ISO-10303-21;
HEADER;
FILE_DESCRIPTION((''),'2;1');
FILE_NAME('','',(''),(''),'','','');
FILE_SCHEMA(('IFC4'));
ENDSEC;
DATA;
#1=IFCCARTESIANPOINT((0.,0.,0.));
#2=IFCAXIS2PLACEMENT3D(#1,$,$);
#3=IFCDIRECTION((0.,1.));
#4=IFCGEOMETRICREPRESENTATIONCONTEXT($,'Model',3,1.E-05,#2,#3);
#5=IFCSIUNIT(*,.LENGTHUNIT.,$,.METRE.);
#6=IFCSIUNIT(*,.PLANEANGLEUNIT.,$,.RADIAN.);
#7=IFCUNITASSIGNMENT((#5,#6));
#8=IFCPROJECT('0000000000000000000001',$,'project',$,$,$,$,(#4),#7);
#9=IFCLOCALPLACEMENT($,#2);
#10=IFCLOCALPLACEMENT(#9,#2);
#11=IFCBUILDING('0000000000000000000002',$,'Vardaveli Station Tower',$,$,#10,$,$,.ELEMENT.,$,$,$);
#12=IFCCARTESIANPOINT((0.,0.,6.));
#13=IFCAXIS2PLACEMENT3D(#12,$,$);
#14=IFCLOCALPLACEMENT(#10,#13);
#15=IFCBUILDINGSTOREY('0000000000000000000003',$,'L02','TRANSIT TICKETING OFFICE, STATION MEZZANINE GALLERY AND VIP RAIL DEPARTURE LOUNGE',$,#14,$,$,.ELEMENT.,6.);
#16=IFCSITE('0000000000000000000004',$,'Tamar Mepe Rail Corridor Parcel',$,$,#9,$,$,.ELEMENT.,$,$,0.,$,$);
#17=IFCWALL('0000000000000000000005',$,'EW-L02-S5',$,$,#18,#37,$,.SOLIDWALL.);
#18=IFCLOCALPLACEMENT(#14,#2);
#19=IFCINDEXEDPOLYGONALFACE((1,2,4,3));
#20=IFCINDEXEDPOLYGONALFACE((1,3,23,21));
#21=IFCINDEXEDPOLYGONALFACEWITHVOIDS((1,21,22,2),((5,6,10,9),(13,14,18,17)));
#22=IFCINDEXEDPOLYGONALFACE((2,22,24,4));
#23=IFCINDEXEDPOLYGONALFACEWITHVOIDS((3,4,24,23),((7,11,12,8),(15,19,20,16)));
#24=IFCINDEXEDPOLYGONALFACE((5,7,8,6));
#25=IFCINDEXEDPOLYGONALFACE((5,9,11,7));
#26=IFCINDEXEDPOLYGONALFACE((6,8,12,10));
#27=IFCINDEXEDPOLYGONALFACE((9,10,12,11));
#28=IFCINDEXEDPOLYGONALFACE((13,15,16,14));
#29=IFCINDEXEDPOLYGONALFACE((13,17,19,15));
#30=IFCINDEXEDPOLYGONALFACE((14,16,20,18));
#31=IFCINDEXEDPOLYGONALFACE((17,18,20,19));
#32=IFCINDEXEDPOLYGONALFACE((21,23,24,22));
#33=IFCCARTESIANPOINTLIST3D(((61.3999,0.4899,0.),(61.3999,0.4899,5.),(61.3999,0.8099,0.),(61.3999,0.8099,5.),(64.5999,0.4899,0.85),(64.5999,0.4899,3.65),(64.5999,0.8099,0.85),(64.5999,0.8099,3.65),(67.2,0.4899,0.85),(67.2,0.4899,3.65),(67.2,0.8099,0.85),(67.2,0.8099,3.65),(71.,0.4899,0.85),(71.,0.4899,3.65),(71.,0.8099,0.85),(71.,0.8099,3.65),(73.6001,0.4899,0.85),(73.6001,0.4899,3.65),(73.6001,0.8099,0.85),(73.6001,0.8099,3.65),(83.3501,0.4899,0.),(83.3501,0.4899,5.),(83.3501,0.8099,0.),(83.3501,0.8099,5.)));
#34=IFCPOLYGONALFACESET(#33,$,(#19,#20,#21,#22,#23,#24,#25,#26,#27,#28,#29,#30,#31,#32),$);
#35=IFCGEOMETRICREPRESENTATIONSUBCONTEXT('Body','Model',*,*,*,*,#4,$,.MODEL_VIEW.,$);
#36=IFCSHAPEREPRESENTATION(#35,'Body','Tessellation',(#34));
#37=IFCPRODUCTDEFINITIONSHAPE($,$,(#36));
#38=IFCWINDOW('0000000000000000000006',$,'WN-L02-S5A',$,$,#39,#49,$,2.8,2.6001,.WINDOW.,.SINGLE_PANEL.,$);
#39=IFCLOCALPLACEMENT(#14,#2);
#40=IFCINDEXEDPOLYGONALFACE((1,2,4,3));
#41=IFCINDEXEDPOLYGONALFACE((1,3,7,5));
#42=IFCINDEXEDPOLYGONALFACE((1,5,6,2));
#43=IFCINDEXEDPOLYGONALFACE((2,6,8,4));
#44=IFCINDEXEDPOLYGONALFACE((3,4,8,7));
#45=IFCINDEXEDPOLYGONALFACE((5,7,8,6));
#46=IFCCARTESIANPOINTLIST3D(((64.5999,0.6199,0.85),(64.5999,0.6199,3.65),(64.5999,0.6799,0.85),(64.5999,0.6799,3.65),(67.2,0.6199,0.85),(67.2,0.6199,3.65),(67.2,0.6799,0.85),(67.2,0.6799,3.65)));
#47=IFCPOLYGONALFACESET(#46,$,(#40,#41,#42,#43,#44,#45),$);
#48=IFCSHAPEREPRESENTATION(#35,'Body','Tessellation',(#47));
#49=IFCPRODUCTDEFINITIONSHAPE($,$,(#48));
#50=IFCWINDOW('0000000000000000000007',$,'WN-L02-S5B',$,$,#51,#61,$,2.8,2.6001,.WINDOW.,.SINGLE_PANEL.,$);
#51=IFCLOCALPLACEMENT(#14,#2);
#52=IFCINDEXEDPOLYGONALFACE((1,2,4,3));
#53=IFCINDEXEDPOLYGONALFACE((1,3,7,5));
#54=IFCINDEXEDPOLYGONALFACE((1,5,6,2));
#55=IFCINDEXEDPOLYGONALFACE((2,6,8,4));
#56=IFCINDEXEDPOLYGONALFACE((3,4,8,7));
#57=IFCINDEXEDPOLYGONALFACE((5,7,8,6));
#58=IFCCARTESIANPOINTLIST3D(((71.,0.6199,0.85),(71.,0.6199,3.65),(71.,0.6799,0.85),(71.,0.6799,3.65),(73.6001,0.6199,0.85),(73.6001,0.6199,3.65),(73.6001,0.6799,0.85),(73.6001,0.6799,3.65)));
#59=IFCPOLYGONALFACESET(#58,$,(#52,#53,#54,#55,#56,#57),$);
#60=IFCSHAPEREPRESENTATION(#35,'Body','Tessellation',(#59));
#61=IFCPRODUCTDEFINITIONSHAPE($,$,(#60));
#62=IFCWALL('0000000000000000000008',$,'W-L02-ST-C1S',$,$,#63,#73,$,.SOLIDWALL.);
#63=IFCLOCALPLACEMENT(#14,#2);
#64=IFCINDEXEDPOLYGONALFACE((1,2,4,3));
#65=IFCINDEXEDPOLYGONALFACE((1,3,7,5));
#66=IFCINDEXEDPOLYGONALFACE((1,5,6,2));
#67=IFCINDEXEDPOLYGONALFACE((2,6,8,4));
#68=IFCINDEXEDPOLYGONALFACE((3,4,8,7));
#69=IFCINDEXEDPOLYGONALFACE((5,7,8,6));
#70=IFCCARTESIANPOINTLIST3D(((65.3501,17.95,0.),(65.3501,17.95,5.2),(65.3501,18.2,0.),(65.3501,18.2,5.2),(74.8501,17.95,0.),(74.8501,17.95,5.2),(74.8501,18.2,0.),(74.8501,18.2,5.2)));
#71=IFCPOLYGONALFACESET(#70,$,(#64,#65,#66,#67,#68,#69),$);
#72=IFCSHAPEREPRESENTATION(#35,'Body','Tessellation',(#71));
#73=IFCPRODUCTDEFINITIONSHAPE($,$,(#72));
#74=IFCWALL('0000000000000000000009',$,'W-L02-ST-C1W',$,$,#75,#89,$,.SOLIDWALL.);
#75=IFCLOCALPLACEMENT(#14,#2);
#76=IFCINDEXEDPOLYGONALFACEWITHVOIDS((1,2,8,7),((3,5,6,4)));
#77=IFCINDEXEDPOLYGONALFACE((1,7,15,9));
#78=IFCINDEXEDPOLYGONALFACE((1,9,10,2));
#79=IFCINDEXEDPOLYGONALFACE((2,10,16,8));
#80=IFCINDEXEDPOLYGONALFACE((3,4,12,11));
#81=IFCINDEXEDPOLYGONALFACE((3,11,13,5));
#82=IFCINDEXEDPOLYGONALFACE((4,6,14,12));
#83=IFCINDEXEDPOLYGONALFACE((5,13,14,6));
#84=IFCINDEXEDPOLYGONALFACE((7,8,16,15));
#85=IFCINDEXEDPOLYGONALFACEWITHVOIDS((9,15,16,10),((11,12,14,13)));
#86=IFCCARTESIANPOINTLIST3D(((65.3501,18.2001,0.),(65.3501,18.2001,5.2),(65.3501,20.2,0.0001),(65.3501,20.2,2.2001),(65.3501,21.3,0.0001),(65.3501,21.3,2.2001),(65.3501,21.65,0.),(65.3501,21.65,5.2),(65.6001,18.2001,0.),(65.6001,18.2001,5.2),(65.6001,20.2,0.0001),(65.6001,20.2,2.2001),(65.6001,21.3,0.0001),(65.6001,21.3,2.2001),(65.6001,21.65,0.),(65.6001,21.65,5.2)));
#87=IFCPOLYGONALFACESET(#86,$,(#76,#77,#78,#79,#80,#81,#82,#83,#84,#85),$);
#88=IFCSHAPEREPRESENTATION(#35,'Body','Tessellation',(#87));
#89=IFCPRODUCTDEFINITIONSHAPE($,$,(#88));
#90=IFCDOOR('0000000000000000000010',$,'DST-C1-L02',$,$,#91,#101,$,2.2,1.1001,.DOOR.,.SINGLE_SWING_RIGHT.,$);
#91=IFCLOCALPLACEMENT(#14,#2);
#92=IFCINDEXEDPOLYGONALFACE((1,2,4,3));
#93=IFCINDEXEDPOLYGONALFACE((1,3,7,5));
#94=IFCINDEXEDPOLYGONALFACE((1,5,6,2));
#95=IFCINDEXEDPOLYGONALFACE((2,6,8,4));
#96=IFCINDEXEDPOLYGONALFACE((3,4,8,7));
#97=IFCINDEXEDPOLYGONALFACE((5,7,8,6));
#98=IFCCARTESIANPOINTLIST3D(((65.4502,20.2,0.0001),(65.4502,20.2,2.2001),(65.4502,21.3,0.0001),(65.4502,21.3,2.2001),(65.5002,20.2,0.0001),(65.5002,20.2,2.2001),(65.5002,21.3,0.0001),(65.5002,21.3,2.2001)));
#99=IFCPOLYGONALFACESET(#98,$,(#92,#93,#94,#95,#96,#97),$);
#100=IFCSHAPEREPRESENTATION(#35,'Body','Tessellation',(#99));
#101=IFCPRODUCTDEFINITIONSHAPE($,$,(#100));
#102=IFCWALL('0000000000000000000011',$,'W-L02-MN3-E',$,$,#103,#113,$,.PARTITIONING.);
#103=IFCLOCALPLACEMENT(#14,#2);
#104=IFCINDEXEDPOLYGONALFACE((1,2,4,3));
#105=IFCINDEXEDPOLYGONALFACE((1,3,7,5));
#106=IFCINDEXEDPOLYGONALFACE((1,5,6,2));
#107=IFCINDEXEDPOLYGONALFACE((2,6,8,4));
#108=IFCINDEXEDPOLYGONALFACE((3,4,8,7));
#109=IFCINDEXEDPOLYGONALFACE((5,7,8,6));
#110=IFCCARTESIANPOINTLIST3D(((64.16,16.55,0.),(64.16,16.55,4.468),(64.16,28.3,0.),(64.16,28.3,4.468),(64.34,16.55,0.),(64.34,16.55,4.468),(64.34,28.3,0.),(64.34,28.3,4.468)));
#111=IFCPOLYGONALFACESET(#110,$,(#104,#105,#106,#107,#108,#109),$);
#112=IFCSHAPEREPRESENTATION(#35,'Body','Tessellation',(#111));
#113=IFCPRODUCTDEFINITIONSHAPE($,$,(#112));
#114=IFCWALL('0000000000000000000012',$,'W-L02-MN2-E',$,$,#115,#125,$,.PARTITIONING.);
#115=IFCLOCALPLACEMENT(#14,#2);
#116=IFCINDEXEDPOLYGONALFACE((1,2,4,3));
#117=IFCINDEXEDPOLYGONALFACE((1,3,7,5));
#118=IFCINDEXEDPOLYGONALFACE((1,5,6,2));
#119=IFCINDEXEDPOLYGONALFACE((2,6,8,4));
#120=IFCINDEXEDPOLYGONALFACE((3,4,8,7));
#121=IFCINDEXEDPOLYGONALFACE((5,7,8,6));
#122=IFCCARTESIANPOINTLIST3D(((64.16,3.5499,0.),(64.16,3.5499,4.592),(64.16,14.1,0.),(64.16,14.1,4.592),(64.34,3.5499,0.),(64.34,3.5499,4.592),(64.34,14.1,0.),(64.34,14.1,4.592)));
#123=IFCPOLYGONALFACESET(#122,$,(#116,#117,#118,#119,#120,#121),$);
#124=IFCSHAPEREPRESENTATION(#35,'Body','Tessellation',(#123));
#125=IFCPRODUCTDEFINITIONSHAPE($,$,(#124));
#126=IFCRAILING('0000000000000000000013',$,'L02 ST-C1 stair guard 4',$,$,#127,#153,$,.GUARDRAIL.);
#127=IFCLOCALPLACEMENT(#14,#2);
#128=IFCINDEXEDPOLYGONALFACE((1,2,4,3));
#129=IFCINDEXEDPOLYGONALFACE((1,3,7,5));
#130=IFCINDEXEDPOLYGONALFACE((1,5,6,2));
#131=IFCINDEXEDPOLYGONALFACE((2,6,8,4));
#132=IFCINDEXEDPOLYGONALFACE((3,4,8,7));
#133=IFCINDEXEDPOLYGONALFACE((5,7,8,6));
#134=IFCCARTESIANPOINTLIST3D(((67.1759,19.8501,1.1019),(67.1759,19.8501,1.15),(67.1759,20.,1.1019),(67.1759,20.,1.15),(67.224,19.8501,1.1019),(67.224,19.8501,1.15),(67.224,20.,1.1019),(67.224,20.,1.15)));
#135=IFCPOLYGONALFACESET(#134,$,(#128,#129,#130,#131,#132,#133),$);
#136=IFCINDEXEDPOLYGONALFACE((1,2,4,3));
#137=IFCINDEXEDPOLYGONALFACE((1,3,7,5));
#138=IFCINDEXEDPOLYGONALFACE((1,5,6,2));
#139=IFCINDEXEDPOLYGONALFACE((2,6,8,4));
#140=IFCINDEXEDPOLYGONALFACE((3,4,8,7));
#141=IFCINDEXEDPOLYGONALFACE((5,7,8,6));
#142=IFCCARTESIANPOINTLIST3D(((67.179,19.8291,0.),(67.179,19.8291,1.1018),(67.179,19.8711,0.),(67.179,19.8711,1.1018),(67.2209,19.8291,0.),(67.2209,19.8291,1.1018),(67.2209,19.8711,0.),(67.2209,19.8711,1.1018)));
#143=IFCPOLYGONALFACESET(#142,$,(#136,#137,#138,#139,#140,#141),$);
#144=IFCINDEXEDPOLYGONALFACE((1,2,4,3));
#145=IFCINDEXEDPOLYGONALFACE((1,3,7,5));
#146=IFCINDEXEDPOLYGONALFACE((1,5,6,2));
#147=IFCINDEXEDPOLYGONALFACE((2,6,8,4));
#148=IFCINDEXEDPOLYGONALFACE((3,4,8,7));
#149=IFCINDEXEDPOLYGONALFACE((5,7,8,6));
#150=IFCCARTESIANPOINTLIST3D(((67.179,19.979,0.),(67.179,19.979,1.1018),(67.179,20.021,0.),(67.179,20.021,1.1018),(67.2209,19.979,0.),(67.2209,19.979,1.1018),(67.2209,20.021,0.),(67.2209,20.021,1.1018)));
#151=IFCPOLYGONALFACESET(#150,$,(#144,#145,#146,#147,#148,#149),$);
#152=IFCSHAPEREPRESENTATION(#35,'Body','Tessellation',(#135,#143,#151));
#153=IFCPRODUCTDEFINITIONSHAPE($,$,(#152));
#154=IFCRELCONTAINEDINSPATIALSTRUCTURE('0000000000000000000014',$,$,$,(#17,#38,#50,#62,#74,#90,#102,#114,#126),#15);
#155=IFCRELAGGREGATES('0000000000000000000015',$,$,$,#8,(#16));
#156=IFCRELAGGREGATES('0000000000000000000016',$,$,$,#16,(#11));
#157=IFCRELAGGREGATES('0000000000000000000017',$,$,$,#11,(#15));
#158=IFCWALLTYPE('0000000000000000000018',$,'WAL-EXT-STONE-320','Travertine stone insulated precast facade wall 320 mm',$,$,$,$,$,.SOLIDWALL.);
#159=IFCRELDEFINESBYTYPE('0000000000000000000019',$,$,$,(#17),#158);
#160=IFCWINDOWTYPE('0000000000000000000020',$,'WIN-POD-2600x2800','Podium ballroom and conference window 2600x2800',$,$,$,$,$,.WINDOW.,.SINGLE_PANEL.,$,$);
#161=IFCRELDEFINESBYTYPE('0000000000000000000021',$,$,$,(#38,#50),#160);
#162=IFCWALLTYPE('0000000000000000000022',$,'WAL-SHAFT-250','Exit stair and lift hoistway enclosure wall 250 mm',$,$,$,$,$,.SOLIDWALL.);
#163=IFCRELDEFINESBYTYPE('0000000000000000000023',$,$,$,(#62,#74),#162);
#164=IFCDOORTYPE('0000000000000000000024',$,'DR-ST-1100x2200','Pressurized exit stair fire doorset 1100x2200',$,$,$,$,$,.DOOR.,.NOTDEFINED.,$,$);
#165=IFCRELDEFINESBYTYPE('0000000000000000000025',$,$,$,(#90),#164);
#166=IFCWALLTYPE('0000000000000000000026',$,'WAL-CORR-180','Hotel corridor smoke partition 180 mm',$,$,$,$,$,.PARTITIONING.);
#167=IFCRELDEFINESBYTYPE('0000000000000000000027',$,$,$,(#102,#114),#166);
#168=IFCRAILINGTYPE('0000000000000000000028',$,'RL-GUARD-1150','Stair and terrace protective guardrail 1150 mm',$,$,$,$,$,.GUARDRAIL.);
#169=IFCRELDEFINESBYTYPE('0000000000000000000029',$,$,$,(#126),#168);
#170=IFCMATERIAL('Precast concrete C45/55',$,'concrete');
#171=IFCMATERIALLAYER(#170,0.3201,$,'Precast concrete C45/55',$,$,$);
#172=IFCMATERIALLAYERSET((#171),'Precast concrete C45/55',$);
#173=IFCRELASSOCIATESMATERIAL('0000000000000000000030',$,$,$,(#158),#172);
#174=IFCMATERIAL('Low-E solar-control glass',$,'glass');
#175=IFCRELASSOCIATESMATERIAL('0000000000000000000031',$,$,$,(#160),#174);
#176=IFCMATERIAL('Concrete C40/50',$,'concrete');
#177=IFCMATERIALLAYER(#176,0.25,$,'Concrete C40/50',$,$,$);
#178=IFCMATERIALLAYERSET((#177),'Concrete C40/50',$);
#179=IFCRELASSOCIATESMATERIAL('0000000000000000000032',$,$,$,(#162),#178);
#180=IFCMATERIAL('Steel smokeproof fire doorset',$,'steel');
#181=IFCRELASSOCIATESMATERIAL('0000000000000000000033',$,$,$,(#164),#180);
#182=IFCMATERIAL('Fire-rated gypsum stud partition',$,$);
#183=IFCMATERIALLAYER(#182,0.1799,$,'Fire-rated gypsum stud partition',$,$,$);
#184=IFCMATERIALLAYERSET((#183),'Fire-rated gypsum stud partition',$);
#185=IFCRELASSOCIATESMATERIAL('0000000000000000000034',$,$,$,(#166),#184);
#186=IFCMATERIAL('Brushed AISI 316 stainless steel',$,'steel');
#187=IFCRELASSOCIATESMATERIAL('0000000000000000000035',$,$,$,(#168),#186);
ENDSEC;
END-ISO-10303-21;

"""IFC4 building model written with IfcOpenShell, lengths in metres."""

from ifc_helpers import new_model, si_unit, direction, frame, frame_2d, origin, origin_2d, place, context, subcontext, project, spatial, rectangle, extrude, source, transform, mapped, material, layer, layer_set, type_object, element, fill, save


model = new_model("IFC4")

# Units and contexts
model_context = context("Model", 3, precision=1e-05, world=origin(), true_north=direction((0.0, 1.0)))
body_context = subcontext(model_context, "Body", "Model", "MODEL_VIEW")
ifc_project = project(units=[si_unit("LENGTHUNIT", "METRE"), si_unit("PLANEANGLEUNIT", "RADIAN")], contexts=[model_context])

# Site, building, storey
site_placement = place(None, origin())
site = spatial("IfcSite", under=ifc_project, at=site_placement, Name="Tamar Mepe Rail Corridor Parcel", CompositionType="ELEMENT", RefElevation=0.0)
building_placement = place(site_placement, origin())
building = spatial("IfcBuilding", under=site, at=building_placement, Name="Vardaveli Station Tower", CompositionType="ELEMENT")
storey_placement = place(building_placement, frame((0.0, 0.0, 6.0)))
storey = spatial("IfcBuildingStorey", under=building, at=storey_placement, Name="L02", Description="TRANSIT TICKETING OFFICE, STATION MEZZANINE GALLERY AND VIP RAIL DEPARTURE LOUNGE", CompositionType="ELEMENT", Elevation=6.0)

# Wall, openings, windows
ifc_material_1 = material(Name="Precast concrete C45/55", Category="concrete")
ifc_layer_1 = layer(ifc_material_1, 0.3201, Name="Precast concrete C45/55")
ifc_layer_set_1 = layer_set([ifc_layer_1], Name="Precast concrete C45/55")
wall_type_1 = type_object("IfcWallType", Name="WAL-EXT-STONE-320", Description="Travertine stone insulated precast facade wall 320 mm", PredefinedType="SOLIDWALL", material=ifc_layer_set_1)
shared_shape_1 = source(origin(), body_context, "Body", "SweptSolid", [
    extrude(rectangle(XDim=21.9502, YDim=0.3201, at=frame_2d((10.9751, 0.0))), origin(), (0.0, 0.0, 1.0), 5.0),
])
wall_1_placement = place(storey_placement, frame((61.3999, 0.6499, 0.0), z_axis=(0.0, 0.0, 1.0), x_axis=(1.0, 0.0, 0.0)))
wall_1 = element("IfcWall", 1, at=wall_1_placement, inside=storey, type_object=wall_type_1, Name="EW-L02-S5", PredefinedType="SOLIDWALL", context=body_context, shape_type="MappedRepresentation", body=[
    mapped(shared_shape_1, transform((0.0, 0.0, 0.0), scale=1.0)),
])
shared_shape_2 = source(origin(), body_context, "Body", "SweptSolid", [
    extrude(rectangle(XDim=2.6001, YDim=2.8, at=frame_2d((1.3, 1.3999))), frame((0.0, 0.1699, 0.0), z_axis=(0.0, -1.0, 0.0), x_axis=(1.0, 0.0, 0.0)), (0.0, 0.0, 1.0), 0.3401),
])
opening_1_placement = place(wall_1_placement, frame((3.2, 0.0, 0.8501)))
opening_1 = element("IfcOpeningElement", 2, at=opening_1_placement, cuts=wall_1, PredefinedType="OPENING", context=body_context, shape_type="MappedRepresentation", body=[
    mapped(shared_shape_2, transform((0.0, 0.0, 0.0), scale=1.0)),
])
opening_2_placement = place(wall_1_placement, frame((9.6001, 0.0, 0.8501)))
opening_2 = element("IfcOpeningElement", 3, at=opening_2_placement, cuts=wall_1, PredefinedType="OPENING", context=body_context, shape_type="MappedRepresentation", body=[
    mapped(shared_shape_2, transform((0.0, 0.0, 0.0), scale=1.0)),
])
ifc_material_2 = material(Name="Low-E solar-control glass", Category="glass")
window_type = type_object("IfcWindowType", Name="WIN-POD-2600x2800", Description="Podium ballroom and conference window 2600x2800", PartitioningType="SINGLE_PANEL", PredefinedType="WINDOW", material=ifc_material_2)
shared_shape_3 = source(origin(), body_context, "Body", "SweptSolid", [
    extrude(rectangle(XDim=2.6001, YDim=2.8, at=frame_2d((1.3, 1.3999))), frame((0.0, 0.03, 0.0), z_axis=(0.0, -1.0, 0.0), x_axis=(1.0, 0.0, 0.0)), (0.0, 0.0, 1.0), 0.0601),
])
window_1_placement = place(opening_1_placement, origin())
window_1 = element("IfcWindow", 4, at=window_1_placement, inside=storey, type_object=window_type, Name="WN-L02-S5A", OverallHeight=2.8, OverallWidth=2.6001, PartitioningType="SINGLE_PANEL", PredefinedType="WINDOW", context=body_context, shape_type="MappedRepresentation", body=[
    mapped(shared_shape_3, transform((0.0, 0.0, 0.0), scale=1.0)),
])
fill(opening_1, window_1)
window_2_placement = place(opening_2_placement, origin())
window_2 = element("IfcWindow", 5, at=window_2_placement, inside=storey, type_object=window_type, Name="WN-L02-S5B", OverallHeight=2.8, OverallWidth=2.6001, PartitioningType="SINGLE_PANEL", PredefinedType="WINDOW", context=body_context, shape_type="MappedRepresentation", body=[
    mapped(shared_shape_3, transform((0.0, 0.0, 0.0), scale=1.0)),
])
fill(opening_2, window_2)

# Wall
ifc_material_3 = material(Name="Concrete C40/50", Category="concrete")
ifc_layer_2 = layer(ifc_material_3, 0.25, Name="Concrete C40/50")
ifc_layer_set_2 = layer_set([ifc_layer_2], Name="Concrete C40/50")
wall_type_2 = type_object("IfcWallType", Name="WAL-SHAFT-250", Description="Exit stair and lift hoistway enclosure wall 250 mm", PredefinedType="SOLIDWALL", material=ifc_layer_set_2)
shared_shape_4 = source(origin(), body_context, "Body", "SweptSolid", [
    extrude(rectangle(XDim=9.5, YDim=0.25, at=frame_2d((4.75, 0.0))), origin(), (0.0, 0.0, 1.0), 5.2),
])
wall_2_placement = place(storey_placement, frame((65.3501, 18.075, 0.0), z_axis=(0.0, 0.0, 1.0), x_axis=(1.0, 0.0, 0.0)))
element("IfcWall", 6, at=wall_2_placement, inside=storey, type_object=wall_type_2, Name="W-L02-ST-C1S", PredefinedType="SOLIDWALL", context=body_context, shape_type="MappedRepresentation", body=[
    mapped(shared_shape_4, transform((0.0, 0.0, 0.0), scale=1.0)),
])

# Wall, opening, door
shared_shape_5 = source(origin(), body_context, "Body", "SweptSolid", [
    extrude(rectangle(XDim=3.45, YDim=0.25, at=frame_2d((1.7251, 0.0))), origin(), (0.0, 0.0, 1.0), 5.2),
])
wall_3_placement = place(storey_placement, frame((65.4751, 18.2, 0.0), z_axis=(0.0, 0.0, 1.0), x_axis=(0.0, 1.0, 0.0)))
wall_3 = element("IfcWall", 7, at=wall_3_placement, inside=storey, type_object=wall_type_2, Name="W-L02-ST-C1W", PredefinedType="SOLIDWALL", context=body_context, shape_type="MappedRepresentation", body=[
    mapped(shared_shape_5, transform((0.0, 0.0, 0.0), scale=1.0)),
])
shared_shape_6 = source(origin(), body_context, "Body", "SweptSolid", [
    extrude(rectangle(XDim=1.1001, YDim=2.2, at=frame_2d((0.55, 1.1001))), frame((0.0, 0.135, 0.0), z_axis=(0.0, -1.0, 0.0), x_axis=(1.0, 0.0, 0.0)), (0.0, 0.0, 1.0), 0.27),
])
opening_3_placement = place(wall_3_placement, frame((2.0, 0.0, 0.0)))
opening_3 = element("IfcOpeningElement", 8, at=opening_3_placement, cuts=wall_3, PredefinedType="OPENING", context=body_context, shape_type="MappedRepresentation", body=[
    mapped(shared_shape_6, transform((0.0, 0.0, 0.0), scale=1.0)),
])
ifc_material_4 = material(Name="Steel smokeproof fire doorset", Category="steel")
door_type = type_object("IfcDoorType", Name="DR-ST-1100x2200", Description="Pressurized exit stair fire doorset 1100x2200", OperationType="NOTDEFINED", PredefinedType="DOOR", material=ifc_material_4)
shared_shape_7 = source(origin(), body_context, "Body", "SweptSolid", [
    extrude(rectangle(XDim=1.1001, YDim=2.2, at=frame_2d((0.55, 1.1001))), frame((0.0, 0.0249, 0.0), z_axis=(0.0, -1.0, 0.0), x_axis=(1.0, 0.0, 0.0)), (0.0, 0.0, 1.0), 0.05),
])
door_placement = place(opening_3_placement, origin())
door = element("IfcDoor", 9, at=door_placement, inside=storey, type_object=door_type, Name="DST-C1-L02", OperationType="SINGLE_SWING_RIGHT", OverallHeight=2.2, OverallWidth=1.1001, PredefinedType="DOOR", context=body_context, shape_type="MappedRepresentation", body=[
    mapped(shared_shape_7, transform((0.0, 0.0, 0.0), scale=1.0)),
])
fill(opening_3, door)

# Walls
ifc_material_5 = material(Name="Fire-rated gypsum stud partition")
ifc_layer_3 = layer(ifc_material_5, 0.1799, Name="Fire-rated gypsum stud partition")
ifc_layer_set_3 = layer_set([ifc_layer_3], Name="Fire-rated gypsum stud partition")
wall_type_3 = type_object("IfcWallType", Name="WAL-CORR-180", Description="Hotel corridor smoke partition 180 mm", PredefinedType="PARTITIONING", material=ifc_layer_set_3)
shared_shape_8 = source(origin(), body_context, "Body", "SweptSolid", [
    extrude(rectangle(XDim=11.75, YDim=0.1799, at=frame_2d((5.875, 0.0))), origin(), (0.0, 0.0, 1.0), 4.468),
])
wall_4_placement = place(storey_placement, frame((64.25, 16.55, 0.0), z_axis=(0.0, 0.0, 1.0), x_axis=(0.0, 1.0, 0.0)))
element("IfcWall", 10, at=wall_4_placement, inside=storey, type_object=wall_type_3, Name="W-L02-MN3-E", PredefinedType="PARTITIONING", context=body_context, shape_type="MappedRepresentation", body=[
    mapped(shared_shape_8, transform((0.0, 0.0, 0.0), scale=1.0)),
])
shared_shape_9 = source(origin(), body_context, "Body", "SweptSolid", [
    extrude(rectangle(XDim=10.55, YDim=0.1799, at=frame_2d((5.2749, 0.0))), origin(), (0.0, 0.0, 1.0), 4.592),
])
wall_5_placement = place(storey_placement, frame((64.25, 3.55, 0.0), z_axis=(0.0, 0.0, 1.0), x_axis=(0.0, 1.0, 0.0)))
element("IfcWall", 11, at=wall_5_placement, inside=storey, type_object=wall_type_3, Name="W-L02-MN2-E", PredefinedType="PARTITIONING", context=body_context, shape_type="MappedRepresentation", body=[
    mapped(shared_shape_9, transform((0.0, 0.0, 0.0), scale=1.0)),
])

# Railing
ifc_material_6 = material(Name="Brushed AISI 316 stainless steel", Category="steel")
railing_type = type_object("IfcRailingType", Name="RL-GUARD-1150", Description="Stair and terrace protective guardrail 1150 mm", PredefinedType="GUARDRAIL", material=ifc_material_6)
shared_shape_10 = source(origin(), body_context, "Body", "SweptSolid", [
    extrude(rectangle(XDim=0.0481, YDim=0.0481, at=origin_2d()), frame((0.0, 0.0, 1.126), z_axis=(0.0, 1.0, 0.0), x_axis=(-1.0, 0.0, 0.0)), (0.0, 0.0, 1.0), 0.1499),
    extrude(rectangle(XDim=0.042, YDim=0.042, at=origin_2d()), origin(), (0.0, 0.0, 1.0), 1.1018),
    extrude(rectangle(XDim=0.042, YDim=0.042, at=origin_2d()), frame((0.0, 0.1499, 0.0)), (0.0, 0.0, 1.0), 1.1018),
])
railing_placement = place(storey_placement, frame((67.2, 19.8501, 0.0)))
element("IfcRailing", 12, at=railing_placement, inside=storey, type_object=railing_type, Name="L02 ST-C1 stair guard 4", PredefinedType="GUARDRAIL", context=body_context, shape_type="MappedRepresentation", body=[
    mapped(shared_shape_10, transform((0.0, 0.0, 0.0), scale=1.0)),
])

save(model, "model.ifc")
